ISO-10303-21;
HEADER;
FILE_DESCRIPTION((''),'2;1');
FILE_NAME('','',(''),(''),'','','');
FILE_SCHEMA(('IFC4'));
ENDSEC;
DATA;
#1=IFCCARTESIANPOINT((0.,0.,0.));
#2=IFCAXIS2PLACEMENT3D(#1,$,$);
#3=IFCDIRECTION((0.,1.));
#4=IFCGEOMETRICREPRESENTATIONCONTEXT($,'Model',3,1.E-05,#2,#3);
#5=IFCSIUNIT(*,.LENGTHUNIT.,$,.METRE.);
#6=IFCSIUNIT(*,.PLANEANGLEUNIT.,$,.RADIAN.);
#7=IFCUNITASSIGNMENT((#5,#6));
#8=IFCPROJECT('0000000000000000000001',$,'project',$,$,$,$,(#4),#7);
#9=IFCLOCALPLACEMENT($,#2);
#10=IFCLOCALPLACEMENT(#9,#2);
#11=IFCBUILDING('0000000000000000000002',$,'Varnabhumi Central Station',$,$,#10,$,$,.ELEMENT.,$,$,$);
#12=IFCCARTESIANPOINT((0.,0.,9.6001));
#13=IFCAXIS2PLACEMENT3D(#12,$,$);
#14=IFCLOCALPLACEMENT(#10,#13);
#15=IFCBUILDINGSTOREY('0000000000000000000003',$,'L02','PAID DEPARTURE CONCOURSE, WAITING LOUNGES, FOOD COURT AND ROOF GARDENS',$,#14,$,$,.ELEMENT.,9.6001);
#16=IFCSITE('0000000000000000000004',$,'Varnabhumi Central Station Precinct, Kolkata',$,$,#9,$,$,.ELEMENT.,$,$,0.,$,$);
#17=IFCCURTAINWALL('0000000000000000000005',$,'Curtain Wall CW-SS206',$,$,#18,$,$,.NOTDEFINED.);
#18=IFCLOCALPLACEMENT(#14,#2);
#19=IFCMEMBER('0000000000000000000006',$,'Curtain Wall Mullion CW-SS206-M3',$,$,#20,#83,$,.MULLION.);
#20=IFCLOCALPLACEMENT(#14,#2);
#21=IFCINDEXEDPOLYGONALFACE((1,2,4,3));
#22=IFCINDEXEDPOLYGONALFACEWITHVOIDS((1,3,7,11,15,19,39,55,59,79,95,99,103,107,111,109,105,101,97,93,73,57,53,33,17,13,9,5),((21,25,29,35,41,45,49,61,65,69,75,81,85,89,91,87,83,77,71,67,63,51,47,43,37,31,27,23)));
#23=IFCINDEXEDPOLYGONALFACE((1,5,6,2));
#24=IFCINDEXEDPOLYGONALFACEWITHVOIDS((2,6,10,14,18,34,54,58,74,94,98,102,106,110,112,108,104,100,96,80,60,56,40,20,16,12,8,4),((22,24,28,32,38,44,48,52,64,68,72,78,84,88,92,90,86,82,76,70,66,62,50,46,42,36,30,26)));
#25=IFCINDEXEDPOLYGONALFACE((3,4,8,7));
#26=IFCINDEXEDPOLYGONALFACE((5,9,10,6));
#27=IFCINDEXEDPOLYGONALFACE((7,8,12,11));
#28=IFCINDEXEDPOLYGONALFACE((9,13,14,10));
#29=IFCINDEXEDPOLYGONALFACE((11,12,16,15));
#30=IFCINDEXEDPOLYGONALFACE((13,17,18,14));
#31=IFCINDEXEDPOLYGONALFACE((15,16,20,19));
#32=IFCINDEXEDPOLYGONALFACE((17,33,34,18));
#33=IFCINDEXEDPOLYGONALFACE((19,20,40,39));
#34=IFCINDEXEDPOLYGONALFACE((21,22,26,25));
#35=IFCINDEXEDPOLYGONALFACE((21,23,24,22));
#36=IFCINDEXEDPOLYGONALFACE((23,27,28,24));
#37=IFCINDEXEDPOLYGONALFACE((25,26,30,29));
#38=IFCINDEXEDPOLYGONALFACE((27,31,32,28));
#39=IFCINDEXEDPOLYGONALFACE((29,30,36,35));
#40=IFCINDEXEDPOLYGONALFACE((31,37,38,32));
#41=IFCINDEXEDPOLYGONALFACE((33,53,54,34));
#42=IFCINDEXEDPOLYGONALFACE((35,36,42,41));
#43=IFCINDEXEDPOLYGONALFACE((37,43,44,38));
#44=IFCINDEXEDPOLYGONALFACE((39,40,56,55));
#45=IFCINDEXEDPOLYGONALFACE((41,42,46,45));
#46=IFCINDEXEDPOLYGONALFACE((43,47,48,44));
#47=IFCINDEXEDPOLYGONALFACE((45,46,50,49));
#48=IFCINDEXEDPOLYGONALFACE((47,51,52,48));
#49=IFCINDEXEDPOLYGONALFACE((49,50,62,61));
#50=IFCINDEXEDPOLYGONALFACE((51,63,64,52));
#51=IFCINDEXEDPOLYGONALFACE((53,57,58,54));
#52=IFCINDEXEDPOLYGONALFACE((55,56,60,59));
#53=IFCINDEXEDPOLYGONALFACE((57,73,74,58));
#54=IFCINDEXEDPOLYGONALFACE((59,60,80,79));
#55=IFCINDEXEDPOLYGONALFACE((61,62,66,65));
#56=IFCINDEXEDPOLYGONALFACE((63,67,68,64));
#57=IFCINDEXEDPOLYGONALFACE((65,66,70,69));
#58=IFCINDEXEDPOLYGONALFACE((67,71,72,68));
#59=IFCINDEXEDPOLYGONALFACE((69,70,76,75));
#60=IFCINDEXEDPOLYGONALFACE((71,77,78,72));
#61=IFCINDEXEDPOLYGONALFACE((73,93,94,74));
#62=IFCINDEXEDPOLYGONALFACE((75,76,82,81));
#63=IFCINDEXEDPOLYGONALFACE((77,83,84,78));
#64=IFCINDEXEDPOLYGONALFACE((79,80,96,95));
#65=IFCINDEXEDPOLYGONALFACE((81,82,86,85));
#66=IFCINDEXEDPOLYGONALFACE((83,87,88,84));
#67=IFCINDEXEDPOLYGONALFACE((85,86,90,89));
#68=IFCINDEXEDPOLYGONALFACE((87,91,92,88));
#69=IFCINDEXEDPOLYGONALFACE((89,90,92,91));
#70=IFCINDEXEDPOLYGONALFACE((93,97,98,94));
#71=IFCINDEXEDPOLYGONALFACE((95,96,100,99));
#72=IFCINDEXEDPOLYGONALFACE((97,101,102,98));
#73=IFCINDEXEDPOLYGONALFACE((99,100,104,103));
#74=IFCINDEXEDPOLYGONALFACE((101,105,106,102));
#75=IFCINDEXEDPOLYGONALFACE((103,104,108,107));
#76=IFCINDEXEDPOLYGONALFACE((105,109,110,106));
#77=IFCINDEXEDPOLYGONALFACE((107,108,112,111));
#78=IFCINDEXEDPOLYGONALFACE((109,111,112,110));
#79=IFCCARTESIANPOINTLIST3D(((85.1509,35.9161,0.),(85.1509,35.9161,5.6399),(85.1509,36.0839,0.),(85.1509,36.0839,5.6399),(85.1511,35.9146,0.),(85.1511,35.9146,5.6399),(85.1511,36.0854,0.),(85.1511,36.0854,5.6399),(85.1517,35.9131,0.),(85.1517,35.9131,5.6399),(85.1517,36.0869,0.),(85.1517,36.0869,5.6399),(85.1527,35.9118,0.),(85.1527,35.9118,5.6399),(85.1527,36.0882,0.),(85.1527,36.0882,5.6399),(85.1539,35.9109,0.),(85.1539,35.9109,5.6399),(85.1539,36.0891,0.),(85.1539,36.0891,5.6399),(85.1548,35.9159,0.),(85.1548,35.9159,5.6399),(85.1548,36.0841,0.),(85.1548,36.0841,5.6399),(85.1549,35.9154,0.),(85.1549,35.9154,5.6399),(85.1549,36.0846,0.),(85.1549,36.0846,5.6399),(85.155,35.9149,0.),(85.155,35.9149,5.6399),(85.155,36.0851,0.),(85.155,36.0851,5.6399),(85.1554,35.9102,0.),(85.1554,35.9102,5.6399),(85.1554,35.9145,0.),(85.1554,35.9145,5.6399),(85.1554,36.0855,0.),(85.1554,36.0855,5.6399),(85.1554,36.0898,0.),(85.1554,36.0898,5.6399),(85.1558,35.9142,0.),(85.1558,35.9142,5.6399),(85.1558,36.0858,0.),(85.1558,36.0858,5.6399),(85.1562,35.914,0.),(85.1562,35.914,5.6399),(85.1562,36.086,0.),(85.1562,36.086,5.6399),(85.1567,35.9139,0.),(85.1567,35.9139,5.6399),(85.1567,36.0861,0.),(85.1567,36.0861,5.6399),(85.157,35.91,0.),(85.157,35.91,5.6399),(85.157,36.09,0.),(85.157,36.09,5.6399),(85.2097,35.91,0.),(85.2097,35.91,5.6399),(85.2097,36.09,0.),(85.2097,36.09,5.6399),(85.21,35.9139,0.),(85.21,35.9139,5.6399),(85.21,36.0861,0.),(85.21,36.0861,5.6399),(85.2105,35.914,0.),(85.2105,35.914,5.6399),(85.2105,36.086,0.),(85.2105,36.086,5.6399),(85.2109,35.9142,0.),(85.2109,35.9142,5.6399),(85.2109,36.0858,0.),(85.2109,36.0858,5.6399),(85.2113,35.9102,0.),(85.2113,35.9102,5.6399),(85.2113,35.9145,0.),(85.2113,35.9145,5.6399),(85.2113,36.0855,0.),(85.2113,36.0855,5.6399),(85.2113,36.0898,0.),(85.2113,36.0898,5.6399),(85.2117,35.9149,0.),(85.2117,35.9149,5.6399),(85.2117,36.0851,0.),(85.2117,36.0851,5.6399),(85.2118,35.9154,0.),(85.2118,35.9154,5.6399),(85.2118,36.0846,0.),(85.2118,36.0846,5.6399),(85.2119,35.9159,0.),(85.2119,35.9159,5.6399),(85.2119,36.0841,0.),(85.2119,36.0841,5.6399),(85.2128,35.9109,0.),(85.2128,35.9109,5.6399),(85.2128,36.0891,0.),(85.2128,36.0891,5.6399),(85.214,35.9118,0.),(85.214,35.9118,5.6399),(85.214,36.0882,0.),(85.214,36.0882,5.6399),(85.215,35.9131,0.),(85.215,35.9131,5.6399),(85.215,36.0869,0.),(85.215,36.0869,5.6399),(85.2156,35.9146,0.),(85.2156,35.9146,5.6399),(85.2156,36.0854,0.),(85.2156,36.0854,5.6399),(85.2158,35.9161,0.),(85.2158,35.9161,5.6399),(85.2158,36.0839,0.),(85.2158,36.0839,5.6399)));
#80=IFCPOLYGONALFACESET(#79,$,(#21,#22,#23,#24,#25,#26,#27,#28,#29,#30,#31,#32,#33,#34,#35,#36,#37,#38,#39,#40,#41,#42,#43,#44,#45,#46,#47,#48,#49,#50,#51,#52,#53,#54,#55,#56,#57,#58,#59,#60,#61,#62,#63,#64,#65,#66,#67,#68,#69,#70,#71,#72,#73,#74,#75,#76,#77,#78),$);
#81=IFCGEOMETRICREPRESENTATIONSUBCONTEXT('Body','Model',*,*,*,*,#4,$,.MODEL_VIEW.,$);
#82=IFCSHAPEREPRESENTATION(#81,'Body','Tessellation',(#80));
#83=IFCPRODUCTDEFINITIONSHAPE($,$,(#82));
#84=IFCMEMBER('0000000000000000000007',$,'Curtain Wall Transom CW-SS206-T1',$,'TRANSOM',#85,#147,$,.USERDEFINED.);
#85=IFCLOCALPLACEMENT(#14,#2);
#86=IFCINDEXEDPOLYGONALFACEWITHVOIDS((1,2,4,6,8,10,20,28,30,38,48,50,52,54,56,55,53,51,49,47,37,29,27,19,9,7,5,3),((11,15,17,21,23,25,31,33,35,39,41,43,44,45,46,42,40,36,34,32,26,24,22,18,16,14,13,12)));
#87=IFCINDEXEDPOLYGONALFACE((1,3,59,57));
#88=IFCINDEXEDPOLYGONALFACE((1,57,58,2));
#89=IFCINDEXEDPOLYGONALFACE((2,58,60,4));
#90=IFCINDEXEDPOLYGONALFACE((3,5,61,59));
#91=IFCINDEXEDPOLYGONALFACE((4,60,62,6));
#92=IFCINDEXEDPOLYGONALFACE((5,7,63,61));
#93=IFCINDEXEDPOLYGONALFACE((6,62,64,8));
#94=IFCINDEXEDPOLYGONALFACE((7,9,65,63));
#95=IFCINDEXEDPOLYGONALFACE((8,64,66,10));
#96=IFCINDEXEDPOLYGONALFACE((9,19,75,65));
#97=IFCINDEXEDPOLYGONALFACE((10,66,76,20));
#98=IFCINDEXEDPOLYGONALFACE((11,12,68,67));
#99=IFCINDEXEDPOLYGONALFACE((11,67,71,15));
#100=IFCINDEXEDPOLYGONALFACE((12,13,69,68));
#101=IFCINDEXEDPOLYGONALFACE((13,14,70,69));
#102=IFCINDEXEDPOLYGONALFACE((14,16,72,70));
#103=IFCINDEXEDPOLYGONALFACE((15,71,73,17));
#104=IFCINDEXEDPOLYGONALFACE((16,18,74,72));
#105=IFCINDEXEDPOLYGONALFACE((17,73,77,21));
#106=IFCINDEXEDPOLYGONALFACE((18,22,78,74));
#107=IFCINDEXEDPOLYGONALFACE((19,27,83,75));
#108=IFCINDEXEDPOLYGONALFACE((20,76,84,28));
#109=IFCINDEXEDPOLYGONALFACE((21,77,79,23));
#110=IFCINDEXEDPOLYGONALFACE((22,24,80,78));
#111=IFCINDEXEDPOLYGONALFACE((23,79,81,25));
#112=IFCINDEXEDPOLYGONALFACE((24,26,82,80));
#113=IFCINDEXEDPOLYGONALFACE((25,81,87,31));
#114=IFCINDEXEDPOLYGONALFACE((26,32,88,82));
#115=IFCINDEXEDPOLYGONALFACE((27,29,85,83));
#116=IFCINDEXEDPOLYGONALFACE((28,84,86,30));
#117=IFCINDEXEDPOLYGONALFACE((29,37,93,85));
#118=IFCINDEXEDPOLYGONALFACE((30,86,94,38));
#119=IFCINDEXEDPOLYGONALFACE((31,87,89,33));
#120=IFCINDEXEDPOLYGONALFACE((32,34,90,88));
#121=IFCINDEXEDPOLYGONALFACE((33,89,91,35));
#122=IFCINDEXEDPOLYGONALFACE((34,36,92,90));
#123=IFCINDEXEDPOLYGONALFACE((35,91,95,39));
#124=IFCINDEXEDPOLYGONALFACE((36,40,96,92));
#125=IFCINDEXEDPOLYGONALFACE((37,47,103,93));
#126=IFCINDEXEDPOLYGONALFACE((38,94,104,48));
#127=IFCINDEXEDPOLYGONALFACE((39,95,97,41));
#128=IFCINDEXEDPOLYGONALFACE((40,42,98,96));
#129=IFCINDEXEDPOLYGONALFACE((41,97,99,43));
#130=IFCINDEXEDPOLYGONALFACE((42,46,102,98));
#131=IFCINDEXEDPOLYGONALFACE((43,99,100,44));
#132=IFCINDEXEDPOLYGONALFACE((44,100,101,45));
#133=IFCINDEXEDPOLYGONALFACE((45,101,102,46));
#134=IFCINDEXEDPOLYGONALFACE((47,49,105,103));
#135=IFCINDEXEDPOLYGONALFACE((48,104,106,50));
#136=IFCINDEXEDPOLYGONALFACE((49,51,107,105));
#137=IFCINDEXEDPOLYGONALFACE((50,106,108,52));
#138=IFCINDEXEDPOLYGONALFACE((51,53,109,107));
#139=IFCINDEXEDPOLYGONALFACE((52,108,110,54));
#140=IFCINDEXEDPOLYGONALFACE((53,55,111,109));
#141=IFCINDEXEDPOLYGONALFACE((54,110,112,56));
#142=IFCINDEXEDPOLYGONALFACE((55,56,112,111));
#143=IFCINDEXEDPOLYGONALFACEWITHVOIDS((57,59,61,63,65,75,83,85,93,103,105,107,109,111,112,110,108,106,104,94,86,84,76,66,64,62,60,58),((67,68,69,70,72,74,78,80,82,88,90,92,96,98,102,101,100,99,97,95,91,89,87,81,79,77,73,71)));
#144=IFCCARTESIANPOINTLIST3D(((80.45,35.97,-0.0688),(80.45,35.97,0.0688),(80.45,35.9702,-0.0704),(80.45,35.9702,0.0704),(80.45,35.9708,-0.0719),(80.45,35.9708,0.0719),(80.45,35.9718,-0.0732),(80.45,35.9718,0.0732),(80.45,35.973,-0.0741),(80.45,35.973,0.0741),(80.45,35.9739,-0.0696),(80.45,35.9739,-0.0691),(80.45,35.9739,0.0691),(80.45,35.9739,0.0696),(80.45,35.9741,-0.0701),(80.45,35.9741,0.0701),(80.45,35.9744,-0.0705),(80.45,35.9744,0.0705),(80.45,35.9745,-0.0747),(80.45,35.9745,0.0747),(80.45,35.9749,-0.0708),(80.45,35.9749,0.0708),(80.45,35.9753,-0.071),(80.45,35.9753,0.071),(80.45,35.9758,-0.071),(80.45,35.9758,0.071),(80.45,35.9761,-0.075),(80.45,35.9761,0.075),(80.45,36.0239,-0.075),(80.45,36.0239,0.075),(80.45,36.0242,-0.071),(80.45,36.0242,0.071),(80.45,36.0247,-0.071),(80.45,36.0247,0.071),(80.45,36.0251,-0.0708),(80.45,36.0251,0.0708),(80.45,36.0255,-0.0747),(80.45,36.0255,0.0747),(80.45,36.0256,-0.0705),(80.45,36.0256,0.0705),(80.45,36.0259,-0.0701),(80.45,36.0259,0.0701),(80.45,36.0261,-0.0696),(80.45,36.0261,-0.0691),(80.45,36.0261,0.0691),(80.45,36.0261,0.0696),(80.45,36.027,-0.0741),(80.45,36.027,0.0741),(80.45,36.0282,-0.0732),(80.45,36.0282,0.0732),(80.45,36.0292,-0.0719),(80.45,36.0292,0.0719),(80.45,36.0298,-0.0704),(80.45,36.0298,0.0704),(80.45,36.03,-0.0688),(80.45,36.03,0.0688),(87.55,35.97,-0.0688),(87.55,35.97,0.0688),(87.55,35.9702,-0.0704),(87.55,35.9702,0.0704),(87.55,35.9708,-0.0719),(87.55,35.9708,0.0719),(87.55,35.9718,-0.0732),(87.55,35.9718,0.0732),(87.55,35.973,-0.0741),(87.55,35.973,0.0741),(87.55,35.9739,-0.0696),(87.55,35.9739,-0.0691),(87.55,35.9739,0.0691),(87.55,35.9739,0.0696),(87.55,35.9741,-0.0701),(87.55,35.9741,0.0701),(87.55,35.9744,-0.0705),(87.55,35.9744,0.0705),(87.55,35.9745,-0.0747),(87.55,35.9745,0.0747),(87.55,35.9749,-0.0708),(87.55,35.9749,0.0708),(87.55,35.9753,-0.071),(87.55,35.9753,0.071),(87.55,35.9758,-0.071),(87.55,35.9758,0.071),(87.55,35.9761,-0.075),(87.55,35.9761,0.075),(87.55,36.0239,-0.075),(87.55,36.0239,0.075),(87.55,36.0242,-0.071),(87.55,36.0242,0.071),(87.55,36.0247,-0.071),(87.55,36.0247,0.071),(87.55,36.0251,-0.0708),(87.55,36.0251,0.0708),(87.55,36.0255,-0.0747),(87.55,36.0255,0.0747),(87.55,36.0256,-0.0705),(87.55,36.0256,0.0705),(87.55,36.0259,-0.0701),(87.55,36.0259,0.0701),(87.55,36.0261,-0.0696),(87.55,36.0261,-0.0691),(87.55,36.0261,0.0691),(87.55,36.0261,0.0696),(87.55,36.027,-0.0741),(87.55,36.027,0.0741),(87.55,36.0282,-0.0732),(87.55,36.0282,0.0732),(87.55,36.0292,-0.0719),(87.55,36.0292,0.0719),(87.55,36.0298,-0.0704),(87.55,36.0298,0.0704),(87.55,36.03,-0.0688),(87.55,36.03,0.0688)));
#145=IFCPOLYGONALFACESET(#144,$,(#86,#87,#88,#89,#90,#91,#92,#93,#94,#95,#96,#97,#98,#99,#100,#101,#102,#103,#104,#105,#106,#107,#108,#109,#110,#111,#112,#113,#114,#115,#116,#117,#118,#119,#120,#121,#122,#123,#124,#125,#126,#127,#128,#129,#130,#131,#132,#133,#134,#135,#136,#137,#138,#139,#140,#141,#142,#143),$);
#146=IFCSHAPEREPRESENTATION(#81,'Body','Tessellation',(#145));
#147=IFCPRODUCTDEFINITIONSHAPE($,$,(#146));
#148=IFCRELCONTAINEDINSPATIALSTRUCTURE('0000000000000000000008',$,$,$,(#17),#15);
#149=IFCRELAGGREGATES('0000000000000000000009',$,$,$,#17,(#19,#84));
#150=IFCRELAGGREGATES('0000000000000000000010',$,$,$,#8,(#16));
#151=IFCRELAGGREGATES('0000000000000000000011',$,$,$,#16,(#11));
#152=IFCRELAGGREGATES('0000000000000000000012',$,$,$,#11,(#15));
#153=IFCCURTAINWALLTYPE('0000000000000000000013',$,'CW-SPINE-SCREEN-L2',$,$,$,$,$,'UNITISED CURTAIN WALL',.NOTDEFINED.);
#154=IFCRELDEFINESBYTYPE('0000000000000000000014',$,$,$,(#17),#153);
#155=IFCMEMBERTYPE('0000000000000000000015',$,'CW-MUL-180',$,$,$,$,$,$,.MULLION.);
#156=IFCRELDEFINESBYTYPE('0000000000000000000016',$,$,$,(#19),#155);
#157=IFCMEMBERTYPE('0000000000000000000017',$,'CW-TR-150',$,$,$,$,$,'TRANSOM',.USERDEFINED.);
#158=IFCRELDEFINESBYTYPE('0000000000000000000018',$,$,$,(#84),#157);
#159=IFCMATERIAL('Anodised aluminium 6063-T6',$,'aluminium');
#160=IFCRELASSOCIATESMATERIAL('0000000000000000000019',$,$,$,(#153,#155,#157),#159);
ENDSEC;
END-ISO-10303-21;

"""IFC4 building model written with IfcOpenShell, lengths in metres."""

from ifc_helpers import new_model, si_unit, direction, frame, origin, origin_2d, place, context, subcontext, project, spatial, hollow_rectangle, extrude, material, material_profile, profile_set, type_object, element, aggregate, save


model = new_model("IFC4")

# Units and contexts
model_context = context("Model", 3, precision=1e-05, world=origin(), true_north=direction((0.0, 1.0)))
body_context = subcontext(model_context, "Body", "Model", "MODEL_VIEW")
ifc_project = project(units=[si_unit("LENGTHUNIT", "METRE"), si_unit("PLANEANGLEUNIT", "RADIAN")], contexts=[model_context])

# Site, building, storey
site_placement = place(None, origin())
site = spatial("IfcSite", under=ifc_project, at=site_placement, Name="Varnabhumi Central Station Precinct, Kolkata", CompositionType="ELEMENT", RefElevation=0.0)
building_placement = place(site_placement, origin())
building = spatial("IfcBuilding", under=site, at=building_placement, Name="Varnabhumi Central Station", CompositionType="ELEMENT")
storey_placement = place(building_placement, frame((0.0, 0.0, 9.6001)))
storey = spatial("IfcBuildingStorey", under=building, at=storey_placement, Name="L02", Description="PAID DEPARTURE CONCOURSE, WAITING LOUNGES, FOOD COURT AND ROOF GARDENS", CompositionType="ELEMENT", Elevation=9.6001)

# Curtain wall, members
ifc_material_1 = material(Name="Anodised aluminium 6063-T6", Category="aluminium")
curtain_wall_type = type_object("IfcCurtainWallType", Name="CW-SPINE-SCREEN-L2", ElementType="UNITISED CURTAIN WALL", PredefinedType="NOTDEFINED", material=ifc_material_1)
curtain_wall_placement = place(storey_placement, origin())
curtain_wall = element("IfcCurtainWall", 1, at=curtain_wall_placement, inside=storey, type_object=curtain_wall_type, Name="Curtain Wall CW-SS206", PredefinedType="NOTDEFINED")
ifc_material_profile_1 = material_profile(ifc_material_1, hollow_rectangle(XDim=0.0649, YDim=0.1799, WallThickness=0.0039, InnerFilletRadius=0.002, OuterFilletRadius=0.0061, at=origin_2d()), Name="Anodised aluminium 6063-T6", Category="aluminium")
ifc_profile_set_1 = profile_set([ifc_material_profile_1], Name="Anodised aluminium 6063-T6")
member_type_1 = type_object("IfcMemberType", Name="CW-MUL-180", PredefinedType="MULLION", material=ifc_profile_set_1)
member_1_placement = place(storey_placement, frame((85.1833, 36.0, 0.0), z_axis=(0.0, 0.0, 1.0), x_axis=(1.0, 0.0, 0.0)))
member_1 = element("IfcMember", 2, at=member_1_placement, type_object=member_type_1, Name="Curtain Wall Mullion CW-SS206-M3", PredefinedType="MULLION", context=body_context, shape_type="SweptSolid", body=[
    extrude(hollow_rectangle(XDim=0.0649, YDim=0.1799, WallThickness=0.0039, InnerFilletRadius=0.002, OuterFilletRadius=0.0061, at=origin_2d()), origin(), (0.0, 0.0, 1.0), 5.6399),
])
ifc_material_profile_2 = material_profile(ifc_material_1, hollow_rectangle(XDim=0.0601, YDim=0.1499, WallThickness=0.0039, InnerFilletRadius=0.002, OuterFilletRadius=0.0061, at=origin_2d()), Name="Anodised aluminium 6063-T6", Category="aluminium")
ifc_profile_set_2 = profile_set([ifc_material_profile_2], Name="Anodised aluminium 6063-T6")
member_type_2 = type_object("IfcMemberType", Name="CW-TR-150", ElementType="TRANSOM", PredefinedType="USERDEFINED", material=ifc_profile_set_2)
member_2_placement = place(storey_placement, frame((80.45, 36.0, 0.0), z_axis=(1.0, 0.0, 0.0), x_axis=(0.0, 1.0, 0.0)))
member_2 = element("IfcMember", 3, at=member_2_placement, type_object=member_type_2, Name="Curtain Wall Transom CW-SS206-T1", ObjectType="TRANSOM", PredefinedType="USERDEFINED", context=body_context, shape_type="SweptSolid", body=[
    extrude(hollow_rectangle(XDim=0.0601, YDim=0.1499, WallThickness=0.0039, InnerFilletRadius=0.002, OuterFilletRadius=0.0061, at=origin_2d()), origin(), (0.0, 0.0, 1.0), 7.1001),
])

aggregate(curtain_wall, [member_1, member_2])

save(model, "model.ifc")
